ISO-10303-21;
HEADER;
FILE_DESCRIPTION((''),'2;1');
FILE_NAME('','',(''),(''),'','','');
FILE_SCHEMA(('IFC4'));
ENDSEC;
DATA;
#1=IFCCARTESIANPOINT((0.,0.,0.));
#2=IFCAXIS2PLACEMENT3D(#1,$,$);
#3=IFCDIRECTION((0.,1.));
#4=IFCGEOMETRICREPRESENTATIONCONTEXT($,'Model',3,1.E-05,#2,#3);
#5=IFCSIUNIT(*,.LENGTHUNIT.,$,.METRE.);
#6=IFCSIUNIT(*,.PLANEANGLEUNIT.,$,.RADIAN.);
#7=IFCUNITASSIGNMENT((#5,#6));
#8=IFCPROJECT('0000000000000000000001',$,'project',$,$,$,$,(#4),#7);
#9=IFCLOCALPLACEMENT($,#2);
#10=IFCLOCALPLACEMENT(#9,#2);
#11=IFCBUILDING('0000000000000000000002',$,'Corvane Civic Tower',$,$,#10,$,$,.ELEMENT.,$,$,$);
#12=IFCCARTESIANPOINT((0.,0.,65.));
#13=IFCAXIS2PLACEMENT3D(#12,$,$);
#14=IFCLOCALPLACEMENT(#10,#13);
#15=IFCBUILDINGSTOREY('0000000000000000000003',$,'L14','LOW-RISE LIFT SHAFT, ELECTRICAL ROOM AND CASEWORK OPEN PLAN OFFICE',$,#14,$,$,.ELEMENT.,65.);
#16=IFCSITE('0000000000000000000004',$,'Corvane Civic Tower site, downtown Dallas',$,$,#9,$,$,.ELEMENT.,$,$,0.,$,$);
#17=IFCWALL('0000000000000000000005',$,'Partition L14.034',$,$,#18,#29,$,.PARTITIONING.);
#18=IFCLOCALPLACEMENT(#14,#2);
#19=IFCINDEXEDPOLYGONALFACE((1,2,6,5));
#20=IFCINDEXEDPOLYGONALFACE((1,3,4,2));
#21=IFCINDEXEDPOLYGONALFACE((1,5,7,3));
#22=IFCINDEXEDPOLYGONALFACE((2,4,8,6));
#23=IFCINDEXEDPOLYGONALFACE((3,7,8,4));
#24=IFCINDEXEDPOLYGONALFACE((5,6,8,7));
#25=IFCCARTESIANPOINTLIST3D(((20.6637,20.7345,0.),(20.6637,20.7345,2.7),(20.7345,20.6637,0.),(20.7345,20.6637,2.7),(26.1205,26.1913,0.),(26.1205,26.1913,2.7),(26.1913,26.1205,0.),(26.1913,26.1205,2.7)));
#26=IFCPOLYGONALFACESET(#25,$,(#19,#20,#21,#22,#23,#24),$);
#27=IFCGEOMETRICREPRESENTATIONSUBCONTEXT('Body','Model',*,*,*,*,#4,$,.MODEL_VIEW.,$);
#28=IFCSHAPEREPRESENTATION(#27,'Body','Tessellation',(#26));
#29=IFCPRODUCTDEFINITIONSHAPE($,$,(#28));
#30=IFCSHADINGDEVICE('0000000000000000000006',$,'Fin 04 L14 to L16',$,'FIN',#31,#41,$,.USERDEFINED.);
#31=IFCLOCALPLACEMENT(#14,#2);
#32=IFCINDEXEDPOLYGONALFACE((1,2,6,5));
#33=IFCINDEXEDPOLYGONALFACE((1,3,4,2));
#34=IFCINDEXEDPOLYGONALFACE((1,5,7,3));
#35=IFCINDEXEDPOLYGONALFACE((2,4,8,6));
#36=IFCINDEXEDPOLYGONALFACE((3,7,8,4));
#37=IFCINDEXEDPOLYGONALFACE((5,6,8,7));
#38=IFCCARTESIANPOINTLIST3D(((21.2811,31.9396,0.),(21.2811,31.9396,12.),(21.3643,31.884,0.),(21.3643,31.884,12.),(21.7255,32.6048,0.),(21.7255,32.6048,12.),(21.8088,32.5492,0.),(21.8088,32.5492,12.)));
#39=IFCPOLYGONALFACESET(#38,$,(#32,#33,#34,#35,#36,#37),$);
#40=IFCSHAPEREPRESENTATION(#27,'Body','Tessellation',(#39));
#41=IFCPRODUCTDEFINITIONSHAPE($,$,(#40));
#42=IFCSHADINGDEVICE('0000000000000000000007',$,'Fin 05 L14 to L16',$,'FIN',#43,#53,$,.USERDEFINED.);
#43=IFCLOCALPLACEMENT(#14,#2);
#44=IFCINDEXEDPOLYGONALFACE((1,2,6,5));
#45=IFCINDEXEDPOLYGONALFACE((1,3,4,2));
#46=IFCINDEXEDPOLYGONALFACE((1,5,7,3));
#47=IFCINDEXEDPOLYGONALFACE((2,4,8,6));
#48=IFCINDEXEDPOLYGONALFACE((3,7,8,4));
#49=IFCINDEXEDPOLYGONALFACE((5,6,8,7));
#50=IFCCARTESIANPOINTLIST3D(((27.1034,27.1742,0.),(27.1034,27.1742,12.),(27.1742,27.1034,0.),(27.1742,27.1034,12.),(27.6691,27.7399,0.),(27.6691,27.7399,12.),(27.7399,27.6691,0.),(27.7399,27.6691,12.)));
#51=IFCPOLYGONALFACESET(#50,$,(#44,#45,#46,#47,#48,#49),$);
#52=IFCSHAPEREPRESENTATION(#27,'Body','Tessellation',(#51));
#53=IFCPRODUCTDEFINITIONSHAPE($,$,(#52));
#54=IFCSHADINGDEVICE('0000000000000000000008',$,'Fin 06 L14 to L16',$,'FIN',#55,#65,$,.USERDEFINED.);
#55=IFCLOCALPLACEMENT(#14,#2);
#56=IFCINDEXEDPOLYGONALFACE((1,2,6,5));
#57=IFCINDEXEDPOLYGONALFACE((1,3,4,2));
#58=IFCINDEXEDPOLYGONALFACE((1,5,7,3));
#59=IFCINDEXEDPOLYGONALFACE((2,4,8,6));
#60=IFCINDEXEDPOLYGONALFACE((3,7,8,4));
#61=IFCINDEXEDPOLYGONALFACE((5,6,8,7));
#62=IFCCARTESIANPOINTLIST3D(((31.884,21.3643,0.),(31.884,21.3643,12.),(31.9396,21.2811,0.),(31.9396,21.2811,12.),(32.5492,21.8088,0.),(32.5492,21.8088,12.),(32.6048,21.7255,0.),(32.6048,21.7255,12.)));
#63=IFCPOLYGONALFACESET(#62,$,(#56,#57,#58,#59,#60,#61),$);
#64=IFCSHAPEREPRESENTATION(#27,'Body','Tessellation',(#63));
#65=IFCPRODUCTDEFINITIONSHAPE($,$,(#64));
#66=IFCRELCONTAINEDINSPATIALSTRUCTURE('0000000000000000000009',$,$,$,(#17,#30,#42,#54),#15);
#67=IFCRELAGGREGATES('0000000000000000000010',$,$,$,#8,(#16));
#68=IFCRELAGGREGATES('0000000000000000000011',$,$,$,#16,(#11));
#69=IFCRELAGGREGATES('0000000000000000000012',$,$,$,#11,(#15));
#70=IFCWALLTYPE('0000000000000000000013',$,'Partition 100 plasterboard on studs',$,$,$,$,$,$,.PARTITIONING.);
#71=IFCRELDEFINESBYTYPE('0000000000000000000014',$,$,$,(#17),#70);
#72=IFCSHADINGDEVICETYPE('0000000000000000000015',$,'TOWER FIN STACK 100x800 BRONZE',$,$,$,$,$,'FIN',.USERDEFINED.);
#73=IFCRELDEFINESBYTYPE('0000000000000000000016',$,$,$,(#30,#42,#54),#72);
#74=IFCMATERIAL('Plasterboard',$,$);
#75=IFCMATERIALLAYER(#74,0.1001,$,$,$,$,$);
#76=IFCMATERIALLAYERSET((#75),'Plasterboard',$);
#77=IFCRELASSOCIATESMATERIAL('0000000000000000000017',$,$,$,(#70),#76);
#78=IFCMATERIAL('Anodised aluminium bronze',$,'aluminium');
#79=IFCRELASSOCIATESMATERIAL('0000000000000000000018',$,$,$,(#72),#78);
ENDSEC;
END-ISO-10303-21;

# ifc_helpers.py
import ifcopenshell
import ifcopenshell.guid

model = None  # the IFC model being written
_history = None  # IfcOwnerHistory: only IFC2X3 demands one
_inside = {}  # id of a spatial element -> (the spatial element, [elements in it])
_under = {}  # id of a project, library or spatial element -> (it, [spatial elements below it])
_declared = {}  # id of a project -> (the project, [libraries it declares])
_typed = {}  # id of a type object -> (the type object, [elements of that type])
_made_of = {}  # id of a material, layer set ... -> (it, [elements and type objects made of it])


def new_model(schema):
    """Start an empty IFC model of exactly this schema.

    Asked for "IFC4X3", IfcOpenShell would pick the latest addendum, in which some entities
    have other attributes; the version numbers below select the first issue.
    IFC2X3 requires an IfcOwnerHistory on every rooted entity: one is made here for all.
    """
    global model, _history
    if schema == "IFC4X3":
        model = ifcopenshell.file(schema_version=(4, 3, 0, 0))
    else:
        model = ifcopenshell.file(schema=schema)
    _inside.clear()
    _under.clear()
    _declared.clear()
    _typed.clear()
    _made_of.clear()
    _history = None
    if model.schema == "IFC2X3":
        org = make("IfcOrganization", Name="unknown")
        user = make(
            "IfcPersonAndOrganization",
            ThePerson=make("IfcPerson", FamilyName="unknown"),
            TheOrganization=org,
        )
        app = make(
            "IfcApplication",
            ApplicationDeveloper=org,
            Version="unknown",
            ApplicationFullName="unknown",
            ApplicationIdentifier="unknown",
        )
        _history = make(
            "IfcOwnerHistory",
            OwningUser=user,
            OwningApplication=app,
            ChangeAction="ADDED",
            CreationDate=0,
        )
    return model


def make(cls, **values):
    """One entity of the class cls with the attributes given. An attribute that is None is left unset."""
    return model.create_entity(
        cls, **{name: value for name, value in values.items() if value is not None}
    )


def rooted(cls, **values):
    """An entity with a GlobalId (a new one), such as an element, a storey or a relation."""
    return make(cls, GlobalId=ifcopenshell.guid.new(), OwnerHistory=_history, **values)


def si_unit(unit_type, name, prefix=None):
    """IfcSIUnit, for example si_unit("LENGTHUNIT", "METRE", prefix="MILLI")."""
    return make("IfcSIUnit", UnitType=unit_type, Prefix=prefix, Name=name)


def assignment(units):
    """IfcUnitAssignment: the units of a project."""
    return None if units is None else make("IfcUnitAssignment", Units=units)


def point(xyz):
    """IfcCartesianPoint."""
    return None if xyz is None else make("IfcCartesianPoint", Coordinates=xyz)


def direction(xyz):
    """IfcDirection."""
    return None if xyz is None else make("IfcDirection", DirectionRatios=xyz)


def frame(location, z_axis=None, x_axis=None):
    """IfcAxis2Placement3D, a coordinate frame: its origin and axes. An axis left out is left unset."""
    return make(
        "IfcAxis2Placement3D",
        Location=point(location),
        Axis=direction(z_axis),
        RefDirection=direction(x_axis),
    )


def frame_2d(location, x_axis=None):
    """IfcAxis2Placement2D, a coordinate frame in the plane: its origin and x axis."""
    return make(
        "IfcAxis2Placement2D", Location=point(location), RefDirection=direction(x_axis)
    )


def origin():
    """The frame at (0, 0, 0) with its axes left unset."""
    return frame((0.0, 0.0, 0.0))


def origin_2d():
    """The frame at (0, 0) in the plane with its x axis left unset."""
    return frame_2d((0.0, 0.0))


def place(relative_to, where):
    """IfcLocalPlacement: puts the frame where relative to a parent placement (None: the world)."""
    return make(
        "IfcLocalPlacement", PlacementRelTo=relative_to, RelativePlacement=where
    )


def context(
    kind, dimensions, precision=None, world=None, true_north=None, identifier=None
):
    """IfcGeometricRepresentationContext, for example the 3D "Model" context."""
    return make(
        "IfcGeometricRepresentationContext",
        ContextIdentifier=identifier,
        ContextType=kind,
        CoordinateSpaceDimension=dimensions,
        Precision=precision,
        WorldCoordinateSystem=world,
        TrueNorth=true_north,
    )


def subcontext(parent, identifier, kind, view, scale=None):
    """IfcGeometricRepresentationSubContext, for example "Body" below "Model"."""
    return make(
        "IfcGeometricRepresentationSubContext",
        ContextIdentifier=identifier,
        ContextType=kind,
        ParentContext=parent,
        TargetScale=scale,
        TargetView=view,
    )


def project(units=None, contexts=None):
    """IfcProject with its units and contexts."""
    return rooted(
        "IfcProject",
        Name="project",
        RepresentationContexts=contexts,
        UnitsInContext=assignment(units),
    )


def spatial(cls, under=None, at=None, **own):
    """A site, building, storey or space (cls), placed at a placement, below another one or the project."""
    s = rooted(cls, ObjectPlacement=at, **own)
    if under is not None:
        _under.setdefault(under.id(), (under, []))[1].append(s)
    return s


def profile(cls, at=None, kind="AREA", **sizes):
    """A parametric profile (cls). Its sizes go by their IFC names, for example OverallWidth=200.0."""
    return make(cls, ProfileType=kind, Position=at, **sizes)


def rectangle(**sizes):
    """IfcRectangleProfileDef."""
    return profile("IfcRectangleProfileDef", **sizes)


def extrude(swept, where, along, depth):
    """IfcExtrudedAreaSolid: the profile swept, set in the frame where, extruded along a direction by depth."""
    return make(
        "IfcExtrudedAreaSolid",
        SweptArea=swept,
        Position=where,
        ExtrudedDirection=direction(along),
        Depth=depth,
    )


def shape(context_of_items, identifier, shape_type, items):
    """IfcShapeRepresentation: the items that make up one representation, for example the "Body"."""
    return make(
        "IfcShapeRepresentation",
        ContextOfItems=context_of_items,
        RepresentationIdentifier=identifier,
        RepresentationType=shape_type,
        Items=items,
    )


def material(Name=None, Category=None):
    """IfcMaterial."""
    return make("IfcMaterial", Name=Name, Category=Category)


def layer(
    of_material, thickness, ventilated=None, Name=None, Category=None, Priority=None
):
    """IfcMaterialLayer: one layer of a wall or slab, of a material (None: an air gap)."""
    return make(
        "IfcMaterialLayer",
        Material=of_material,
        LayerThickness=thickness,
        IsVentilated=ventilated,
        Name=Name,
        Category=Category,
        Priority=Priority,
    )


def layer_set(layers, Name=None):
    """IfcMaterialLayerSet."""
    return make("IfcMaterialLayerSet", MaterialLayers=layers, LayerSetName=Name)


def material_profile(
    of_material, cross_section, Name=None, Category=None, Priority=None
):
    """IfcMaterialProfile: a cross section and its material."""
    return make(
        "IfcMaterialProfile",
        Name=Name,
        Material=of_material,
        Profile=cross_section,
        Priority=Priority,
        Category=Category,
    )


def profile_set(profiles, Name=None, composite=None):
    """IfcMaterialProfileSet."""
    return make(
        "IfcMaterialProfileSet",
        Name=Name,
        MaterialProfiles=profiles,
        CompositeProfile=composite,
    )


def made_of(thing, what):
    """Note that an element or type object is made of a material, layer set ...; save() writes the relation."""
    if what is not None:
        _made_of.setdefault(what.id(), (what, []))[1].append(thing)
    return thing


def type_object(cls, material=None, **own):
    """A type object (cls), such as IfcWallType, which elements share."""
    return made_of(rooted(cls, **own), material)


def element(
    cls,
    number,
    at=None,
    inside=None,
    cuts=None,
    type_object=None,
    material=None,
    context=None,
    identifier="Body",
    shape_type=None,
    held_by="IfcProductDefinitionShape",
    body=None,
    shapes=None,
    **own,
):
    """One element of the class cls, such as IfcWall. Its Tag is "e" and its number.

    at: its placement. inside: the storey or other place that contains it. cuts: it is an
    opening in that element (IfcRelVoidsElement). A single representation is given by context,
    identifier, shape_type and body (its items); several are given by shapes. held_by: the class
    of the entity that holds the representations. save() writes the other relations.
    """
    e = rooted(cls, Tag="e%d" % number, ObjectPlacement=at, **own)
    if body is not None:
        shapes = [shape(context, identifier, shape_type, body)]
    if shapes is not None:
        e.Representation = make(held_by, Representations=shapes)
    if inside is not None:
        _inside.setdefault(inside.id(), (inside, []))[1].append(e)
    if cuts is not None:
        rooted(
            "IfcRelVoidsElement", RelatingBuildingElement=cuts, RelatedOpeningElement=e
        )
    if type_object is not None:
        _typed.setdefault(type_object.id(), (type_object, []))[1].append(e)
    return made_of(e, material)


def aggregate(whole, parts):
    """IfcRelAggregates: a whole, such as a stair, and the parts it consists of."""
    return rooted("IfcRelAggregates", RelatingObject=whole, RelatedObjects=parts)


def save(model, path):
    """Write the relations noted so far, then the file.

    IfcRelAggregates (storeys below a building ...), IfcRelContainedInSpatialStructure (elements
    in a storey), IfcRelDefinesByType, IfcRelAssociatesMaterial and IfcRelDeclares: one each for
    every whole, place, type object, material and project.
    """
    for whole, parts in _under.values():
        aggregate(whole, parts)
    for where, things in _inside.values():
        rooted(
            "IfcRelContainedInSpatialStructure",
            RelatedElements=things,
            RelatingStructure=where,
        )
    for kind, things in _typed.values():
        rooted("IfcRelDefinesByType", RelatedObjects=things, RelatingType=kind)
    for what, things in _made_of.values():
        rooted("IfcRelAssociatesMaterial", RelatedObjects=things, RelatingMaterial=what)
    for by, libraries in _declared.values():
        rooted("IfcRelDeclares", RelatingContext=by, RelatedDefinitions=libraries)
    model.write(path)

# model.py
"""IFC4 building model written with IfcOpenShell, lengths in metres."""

from ifc_helpers import new_model, si_unit, direction, frame, frame_2d, origin, origin_2d, place, context, subcontext, project, spatial, rectangle, extrude, material, layer, layer_set, material_profile, profile_set, type_object, element, save


model = new_model("IFC4")

# Units and contexts
model_context = context("Model", 3, precision=1e-05, world=origin(), true_north=direction((0.0, 1.0)))
body_context = subcontext(model_context, "Body", "Model", "MODEL_VIEW")
ifc_project = project(units=[si_unit("LENGTHUNIT", "METRE"), si_unit("PLANEANGLEUNIT", "RADIAN")], contexts=[model_context])

# Site, building, storey
site_placement = place(None, origin())
site = spatial("IfcSite", under=ifc_project, at=site_placement, Name="Corvane Civic Tower site, downtown Dallas", CompositionType="ELEMENT", RefElevation=0.0)
building_placement = place(site_placement, origin())
building = spatial("IfcBuilding", under=site, at=building_placement, Name="Corvane Civic Tower", CompositionType="ELEMENT")
storey_placement = place(building_placement, frame((0.0, 0.0, 65.0)))
storey = spatial("IfcBuildingStorey", under=building, at=storey_placement, Name="L14", Description="LOW-RISE LIFT SHAFT, ELECTRICAL ROOM AND CASEWORK OPEN PLAN OFFICE", CompositionType="ELEMENT", Elevation=65.0)

# Shared definitions
ifc_material_1 = material(Name="Plasterboard")
ifc_layer_1 = layer(ifc_material_1, 0.1001)
ifc_layer_set_1 = layer_set([ifc_layer_1], Name="Plasterboard")
wall_type = type_object("IfcWallType", Name="Partition 100 plasterboard on studs", PredefinedType="PARTITIONING", material=ifc_layer_set_1)

# Wall
wall_1_placement = place(storey_placement, frame((20.6992, 20.6992, 0.0), z_axis=(0.0, 0.0, 1.0), x_axis=(0.707107, 0.707107, 0.0)))
element("IfcWall", 1, at=wall_1_placement, inside=storey, type_object=wall_type, Name="Partition L14.034", PredefinedType="PARTITIONING", context=body_context, shape_type="SweptSolid", body=[
    extrude(rectangle(XDim=7.717, YDim=0.1001, at=frame_2d((3.8584, 0.0))), origin(), (0.0, 0.0, 1.0), 2.7),
])

# Shading devices
ifc_material_2 = material(Name="Anodised aluminium bronze", Category="aluminium")
ifc_material_profile_1 = material_profile(ifc_material_2, rectangle(XDim=0.1001, YDim=0.8, at=origin_2d()), Name="TOWER FIN STACK 100x800 BRONZE")
ifc_profile_set_1 = profile_set([ifc_material_profile_1], Name="Anodised aluminium bronze")
shading_device_type = type_object("IfcShadingDeviceType", Name="TOWER FIN STACK 100x800 BRONZE", ElementType="FIN", PredefinedType="USERDEFINED", material=ifc_profile_set_1)
for number, where, z_axis, x_axis, name in (
    (2, (21.5449, 32.2444, 0.0), (0.0, 0.0, 1.0), (0.83147, -0.55557, 0.0), "Fin 04 L14 to L16"),
    (3, (27.4216, 27.4216, 0.0), (0.0, 0.0, 1.0), (0.707107, -0.707107, 0.0), "Fin 05 L14 to L16"),
    (4, (32.2444, 21.5449, 0.0), (0.0, 0.0, 1.0), (0.55557, -0.83147, 0.0), "Fin 06 L14 to L16"),
):
    element("IfcShadingDevice", number, at=place(storey_placement, frame(where, z_axis=z_axis, x_axis=x_axis)), inside=storey, type_object=shading_device_type, Name=name, ObjectType="FIN", PredefinedType="USERDEFINED", context=body_context, shape_type="SweptSolid", body=[
        extrude(rectangle(XDim=0.1001, YDim=0.8, at=origin_2d()), origin(), (0.0, 0.0, 1.0), 12.0),
    ])

save(model, "model.ifc")
